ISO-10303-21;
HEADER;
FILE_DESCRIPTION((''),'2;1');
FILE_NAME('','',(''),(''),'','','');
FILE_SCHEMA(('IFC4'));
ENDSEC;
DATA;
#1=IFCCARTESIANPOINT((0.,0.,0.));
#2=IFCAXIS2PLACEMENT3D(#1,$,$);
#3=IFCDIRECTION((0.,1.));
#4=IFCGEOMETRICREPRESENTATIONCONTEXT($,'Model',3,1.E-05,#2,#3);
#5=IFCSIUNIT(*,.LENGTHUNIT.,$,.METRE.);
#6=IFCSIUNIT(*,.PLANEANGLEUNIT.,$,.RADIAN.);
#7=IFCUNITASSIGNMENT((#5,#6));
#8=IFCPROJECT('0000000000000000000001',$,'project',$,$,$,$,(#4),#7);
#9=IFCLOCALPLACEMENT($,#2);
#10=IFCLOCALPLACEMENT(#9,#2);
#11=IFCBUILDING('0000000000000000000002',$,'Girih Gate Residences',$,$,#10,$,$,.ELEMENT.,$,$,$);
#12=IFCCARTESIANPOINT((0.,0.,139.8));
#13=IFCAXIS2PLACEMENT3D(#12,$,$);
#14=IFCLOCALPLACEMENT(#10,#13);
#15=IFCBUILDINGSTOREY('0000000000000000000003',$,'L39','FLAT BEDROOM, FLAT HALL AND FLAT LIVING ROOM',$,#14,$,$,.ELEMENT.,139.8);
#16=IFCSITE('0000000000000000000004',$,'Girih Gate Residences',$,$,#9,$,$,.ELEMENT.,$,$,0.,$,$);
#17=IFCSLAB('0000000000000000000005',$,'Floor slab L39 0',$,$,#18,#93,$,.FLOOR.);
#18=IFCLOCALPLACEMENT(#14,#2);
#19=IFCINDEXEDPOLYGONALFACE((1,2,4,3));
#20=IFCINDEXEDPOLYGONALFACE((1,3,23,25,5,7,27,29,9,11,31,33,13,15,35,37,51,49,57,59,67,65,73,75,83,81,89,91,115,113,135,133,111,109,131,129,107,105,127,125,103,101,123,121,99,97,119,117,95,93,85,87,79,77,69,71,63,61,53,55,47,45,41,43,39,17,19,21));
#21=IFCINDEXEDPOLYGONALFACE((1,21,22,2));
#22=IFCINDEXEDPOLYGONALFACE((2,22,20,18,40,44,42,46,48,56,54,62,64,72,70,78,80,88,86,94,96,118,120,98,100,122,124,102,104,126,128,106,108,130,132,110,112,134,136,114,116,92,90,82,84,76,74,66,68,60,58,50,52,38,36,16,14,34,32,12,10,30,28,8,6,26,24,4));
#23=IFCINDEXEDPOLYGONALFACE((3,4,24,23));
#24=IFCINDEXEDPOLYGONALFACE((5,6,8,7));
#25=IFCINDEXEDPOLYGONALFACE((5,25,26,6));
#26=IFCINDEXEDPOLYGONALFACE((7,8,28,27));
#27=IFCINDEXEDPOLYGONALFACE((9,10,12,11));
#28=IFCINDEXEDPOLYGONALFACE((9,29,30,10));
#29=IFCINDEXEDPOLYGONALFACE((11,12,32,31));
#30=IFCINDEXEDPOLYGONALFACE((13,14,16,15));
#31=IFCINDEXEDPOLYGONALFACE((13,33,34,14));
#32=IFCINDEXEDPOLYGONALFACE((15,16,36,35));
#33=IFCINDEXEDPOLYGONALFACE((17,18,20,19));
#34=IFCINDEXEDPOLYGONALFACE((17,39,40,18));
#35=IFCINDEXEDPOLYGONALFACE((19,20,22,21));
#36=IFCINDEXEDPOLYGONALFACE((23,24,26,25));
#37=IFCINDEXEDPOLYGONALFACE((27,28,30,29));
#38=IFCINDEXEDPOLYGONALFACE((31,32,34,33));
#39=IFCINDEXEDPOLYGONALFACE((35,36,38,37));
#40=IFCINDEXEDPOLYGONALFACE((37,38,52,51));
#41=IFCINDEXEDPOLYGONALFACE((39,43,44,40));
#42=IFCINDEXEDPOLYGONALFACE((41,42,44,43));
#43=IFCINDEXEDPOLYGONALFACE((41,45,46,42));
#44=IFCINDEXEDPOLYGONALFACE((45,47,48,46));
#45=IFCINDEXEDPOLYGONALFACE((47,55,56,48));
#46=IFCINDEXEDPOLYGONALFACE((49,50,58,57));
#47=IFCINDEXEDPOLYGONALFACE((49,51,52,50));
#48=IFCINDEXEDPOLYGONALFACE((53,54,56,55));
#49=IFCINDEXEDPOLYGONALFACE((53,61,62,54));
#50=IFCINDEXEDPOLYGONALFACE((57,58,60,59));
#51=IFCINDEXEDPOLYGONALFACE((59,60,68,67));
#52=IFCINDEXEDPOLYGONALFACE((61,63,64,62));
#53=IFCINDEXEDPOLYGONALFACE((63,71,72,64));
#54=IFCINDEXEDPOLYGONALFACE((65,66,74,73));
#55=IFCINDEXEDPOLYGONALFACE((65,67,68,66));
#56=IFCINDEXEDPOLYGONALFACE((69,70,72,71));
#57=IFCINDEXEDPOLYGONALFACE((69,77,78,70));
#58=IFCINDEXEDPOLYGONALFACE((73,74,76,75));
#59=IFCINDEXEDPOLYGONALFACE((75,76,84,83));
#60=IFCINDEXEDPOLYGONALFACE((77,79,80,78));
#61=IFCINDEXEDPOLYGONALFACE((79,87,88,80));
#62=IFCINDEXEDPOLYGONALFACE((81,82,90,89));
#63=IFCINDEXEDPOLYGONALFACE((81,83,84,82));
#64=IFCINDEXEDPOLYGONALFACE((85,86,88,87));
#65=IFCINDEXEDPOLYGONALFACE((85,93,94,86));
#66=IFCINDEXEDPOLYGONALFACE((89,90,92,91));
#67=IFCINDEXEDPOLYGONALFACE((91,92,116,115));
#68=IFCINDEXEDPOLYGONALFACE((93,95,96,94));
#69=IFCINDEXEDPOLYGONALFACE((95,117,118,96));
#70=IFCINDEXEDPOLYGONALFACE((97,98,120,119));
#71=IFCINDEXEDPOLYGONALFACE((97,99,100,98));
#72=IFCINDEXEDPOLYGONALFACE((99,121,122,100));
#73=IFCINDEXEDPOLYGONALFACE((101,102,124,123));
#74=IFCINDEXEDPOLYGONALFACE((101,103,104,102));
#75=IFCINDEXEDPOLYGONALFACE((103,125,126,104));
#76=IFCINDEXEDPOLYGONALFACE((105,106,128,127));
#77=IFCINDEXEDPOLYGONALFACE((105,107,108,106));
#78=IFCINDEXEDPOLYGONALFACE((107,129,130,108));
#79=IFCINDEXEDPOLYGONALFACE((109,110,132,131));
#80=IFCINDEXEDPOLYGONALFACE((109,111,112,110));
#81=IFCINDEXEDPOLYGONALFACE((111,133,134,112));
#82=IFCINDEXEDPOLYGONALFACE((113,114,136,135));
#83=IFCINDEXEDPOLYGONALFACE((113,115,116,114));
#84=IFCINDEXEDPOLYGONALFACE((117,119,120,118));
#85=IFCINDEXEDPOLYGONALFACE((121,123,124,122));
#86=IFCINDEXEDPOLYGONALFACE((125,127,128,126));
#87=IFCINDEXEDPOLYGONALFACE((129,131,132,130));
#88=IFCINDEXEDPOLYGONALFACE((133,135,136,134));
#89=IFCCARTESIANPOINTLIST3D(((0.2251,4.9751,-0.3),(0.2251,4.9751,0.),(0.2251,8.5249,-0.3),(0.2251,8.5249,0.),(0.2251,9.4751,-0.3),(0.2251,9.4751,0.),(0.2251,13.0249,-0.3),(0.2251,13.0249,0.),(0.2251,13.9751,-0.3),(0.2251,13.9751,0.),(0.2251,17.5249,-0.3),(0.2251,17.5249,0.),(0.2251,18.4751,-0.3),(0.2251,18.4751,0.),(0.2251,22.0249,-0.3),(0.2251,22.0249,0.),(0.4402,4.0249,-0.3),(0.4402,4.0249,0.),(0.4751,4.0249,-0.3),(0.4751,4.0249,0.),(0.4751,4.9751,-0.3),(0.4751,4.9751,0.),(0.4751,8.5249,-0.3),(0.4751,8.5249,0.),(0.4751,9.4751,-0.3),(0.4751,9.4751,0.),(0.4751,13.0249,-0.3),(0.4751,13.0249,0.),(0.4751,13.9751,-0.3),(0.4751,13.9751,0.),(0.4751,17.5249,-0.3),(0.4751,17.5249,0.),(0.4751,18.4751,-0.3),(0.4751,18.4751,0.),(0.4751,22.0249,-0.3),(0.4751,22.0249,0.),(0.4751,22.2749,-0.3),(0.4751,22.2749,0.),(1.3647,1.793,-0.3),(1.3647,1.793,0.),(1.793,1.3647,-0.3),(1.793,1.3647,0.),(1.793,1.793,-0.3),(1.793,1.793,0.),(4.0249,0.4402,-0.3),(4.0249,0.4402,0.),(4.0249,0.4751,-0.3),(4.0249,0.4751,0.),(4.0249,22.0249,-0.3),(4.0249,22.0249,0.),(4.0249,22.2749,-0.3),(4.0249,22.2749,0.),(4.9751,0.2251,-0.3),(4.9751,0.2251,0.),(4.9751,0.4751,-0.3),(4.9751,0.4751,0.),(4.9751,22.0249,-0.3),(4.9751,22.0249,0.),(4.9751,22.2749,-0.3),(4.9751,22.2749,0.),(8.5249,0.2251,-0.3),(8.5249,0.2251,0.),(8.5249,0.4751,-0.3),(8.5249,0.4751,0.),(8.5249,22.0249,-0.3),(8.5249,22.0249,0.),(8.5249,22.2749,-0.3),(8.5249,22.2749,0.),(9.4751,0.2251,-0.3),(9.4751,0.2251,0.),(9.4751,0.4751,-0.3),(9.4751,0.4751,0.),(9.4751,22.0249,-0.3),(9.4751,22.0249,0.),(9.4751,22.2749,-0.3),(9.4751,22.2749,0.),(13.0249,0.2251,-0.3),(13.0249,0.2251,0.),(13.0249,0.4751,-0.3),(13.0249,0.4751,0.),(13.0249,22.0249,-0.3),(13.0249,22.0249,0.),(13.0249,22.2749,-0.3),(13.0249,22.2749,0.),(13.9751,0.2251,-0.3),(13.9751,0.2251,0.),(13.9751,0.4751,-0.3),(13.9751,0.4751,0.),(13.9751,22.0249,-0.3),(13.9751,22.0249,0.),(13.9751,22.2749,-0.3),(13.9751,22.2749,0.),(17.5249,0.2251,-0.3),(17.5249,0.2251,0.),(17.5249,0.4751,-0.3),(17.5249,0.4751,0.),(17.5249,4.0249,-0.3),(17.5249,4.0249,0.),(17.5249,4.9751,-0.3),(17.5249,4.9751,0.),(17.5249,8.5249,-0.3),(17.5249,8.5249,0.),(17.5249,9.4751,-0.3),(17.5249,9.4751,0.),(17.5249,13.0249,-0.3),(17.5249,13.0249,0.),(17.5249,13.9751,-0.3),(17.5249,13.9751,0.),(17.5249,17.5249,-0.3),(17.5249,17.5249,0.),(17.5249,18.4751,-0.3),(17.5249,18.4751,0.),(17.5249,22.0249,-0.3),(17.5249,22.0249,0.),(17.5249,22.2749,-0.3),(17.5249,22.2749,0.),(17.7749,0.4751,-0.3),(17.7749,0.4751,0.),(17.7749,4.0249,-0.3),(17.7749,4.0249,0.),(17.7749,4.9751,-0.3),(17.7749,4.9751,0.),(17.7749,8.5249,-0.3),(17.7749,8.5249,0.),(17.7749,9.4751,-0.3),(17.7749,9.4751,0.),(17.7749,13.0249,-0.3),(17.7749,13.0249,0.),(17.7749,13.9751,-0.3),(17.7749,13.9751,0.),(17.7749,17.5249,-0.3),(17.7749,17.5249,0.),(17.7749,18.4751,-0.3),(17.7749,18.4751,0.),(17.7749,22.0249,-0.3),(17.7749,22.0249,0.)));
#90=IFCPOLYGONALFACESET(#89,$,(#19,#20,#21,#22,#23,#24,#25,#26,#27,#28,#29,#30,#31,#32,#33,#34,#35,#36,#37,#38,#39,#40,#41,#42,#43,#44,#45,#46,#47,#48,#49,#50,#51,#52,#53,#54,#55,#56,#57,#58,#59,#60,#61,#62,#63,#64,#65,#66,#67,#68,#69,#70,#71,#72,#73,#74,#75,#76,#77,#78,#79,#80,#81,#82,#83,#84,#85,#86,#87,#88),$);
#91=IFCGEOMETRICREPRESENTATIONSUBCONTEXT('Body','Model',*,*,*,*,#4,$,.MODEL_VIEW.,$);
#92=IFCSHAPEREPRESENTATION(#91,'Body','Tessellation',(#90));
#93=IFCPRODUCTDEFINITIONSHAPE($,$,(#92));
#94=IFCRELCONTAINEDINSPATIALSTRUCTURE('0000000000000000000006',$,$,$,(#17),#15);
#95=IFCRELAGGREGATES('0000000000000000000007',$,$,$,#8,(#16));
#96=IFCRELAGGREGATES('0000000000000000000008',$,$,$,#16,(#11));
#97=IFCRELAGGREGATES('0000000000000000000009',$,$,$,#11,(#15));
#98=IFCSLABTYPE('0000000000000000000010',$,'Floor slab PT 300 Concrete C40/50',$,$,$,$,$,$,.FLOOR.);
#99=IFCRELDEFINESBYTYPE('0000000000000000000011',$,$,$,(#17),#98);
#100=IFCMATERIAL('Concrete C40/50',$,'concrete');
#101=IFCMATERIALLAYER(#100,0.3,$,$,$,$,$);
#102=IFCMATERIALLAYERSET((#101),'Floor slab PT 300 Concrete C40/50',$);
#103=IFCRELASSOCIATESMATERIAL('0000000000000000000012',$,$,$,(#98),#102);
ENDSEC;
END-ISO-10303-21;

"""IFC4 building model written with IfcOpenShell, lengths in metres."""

from ifc_helpers import new_model, si_unit, direction, frame, origin, place, context, subcontext, project, spatial, polyline, outline, extrude, material, layer, layer_set, type_object, element, save


model = new_model("IFC4")

# Units and contexts
model_context = context("Model", 3, precision=1e-05, world=origin(), true_north=direction((0.0, 1.0)))
body_context = subcontext(model_context, "Body", "Model", "MODEL_VIEW")
ifc_project = project(units=[si_unit("LENGTHUNIT", "METRE"), si_unit("PLANEANGLEUNIT", "RADIAN")], contexts=[model_context])

# Site, building, storey
site_placement = place(None, origin())
site = spatial("IfcSite", under=ifc_project, at=site_placement, Name="Girih Gate Residences", CompositionType="ELEMENT", RefElevation=0.0)
building_placement = place(site_placement, origin())
building = spatial("IfcBuilding", under=site, at=building_placement, Name="Girih Gate Residences", CompositionType="ELEMENT")
storey_placement = place(building_placement, frame((0.0, 0.0, 139.8)))
storey = spatial("IfcBuildingStorey", under=building, at=storey_placement, Name="L39", Description="FLAT BEDROOM, FLAT HALL AND FLAT LIVING ROOM", CompositionType="ELEMENT", Elevation=139.8)

# Slab
ifc_material_1 = material(Name="Concrete C40/50", Category="concrete")
ifc_layer_1 = layer(ifc_material_1, 0.3)
ifc_layer_set_1 = layer_set([ifc_layer_1], Name="Floor slab PT 300 Concrete C40/50")
slab_type_1 = type_object("IfcSlabType", Name="Floor slab PT 300 Concrete C40/50", PredefinedType="FLOOR", material=ifc_layer_set_1)
slab_1_placement = place(storey_placement, frame((0.0, 0.0, -0.3)))
element("IfcSlab", 1, at=slab_1_placement, inside=storey, type_object=slab_type_1, Name="Floor slab L39 0", PredefinedType="FLOOR", context=body_context, shape_type="SweptSolid", body=[
    extrude(outline(polyline([(0.2251, 8.5249), (0.2251, 4.9751), (0.4751, 4.9751), (0.4751, 4.0249), (0.4402, 4.0249), (1.3647, 1.793), (1.793, 1.793), (1.793, 1.3647), (4.0249, 0.4402), (4.0249, 0.4751), (4.9751, 0.4751), (4.9751, 0.2251), (8.5249, 0.2251), (8.5249, 0.4751), (9.4751, 0.4751), (9.4751, 0.2251), (13.0249, 0.2251), (13.0249, 0.4751), (13.9751, 0.4751), (13.9751, 0.2251), (17.5249, 0.2251), (17.5249, 0.4751), (17.7749, 0.4751), (17.7749, 4.0249), (17.5249, 4.0249), (17.5249, 4.9751), (17.7749, 4.9751), (17.7749, 8.5249), (17.5249, 8.5249), (17.5249, 9.4751), (17.7749, 9.4751), (17.7749, 13.0249), (17.5249, 13.0249), (17.5249, 13.9751), (17.7749, 13.9751), (17.7749, 17.5249), (17.5249, 17.5249), (17.5249, 18.4751), (17.7749, 18.4751), (17.7749, 22.0249), (17.5249, 22.0249), (17.5249, 22.2749), (13.9751, 22.2749), (13.9751, 22.0249), (13.0249, 22.0249), (13.0249, 22.2749), (9.4751, 22.2749), (9.4751, 22.0249), (8.5249, 22.0249), (8.5249, 22.2749), (4.9751, 22.2749), (4.9751, 22.0249), (4.0249, 22.0249), (4.0249, 22.2749), (0.4751, 22.2749), (0.4751, 22.0249), (0.2251, 22.0249), (0.2251, 18.4751), (0.4751, 18.4751), (0.4751, 17.5249), (0.2251, 17.5249), (0.2251, 13.9751), (0.4751, 13.9751), (0.4751, 13.0249), (0.2251, 13.0249), (0.2251, 9.4751), (0.4751, 9.4751), (0.4751, 8.5249), (0.2251, 8.5249)])), origin(), (0.0, 0.0, 1.0), 0.3),
])

save(model, "model.ifc")
